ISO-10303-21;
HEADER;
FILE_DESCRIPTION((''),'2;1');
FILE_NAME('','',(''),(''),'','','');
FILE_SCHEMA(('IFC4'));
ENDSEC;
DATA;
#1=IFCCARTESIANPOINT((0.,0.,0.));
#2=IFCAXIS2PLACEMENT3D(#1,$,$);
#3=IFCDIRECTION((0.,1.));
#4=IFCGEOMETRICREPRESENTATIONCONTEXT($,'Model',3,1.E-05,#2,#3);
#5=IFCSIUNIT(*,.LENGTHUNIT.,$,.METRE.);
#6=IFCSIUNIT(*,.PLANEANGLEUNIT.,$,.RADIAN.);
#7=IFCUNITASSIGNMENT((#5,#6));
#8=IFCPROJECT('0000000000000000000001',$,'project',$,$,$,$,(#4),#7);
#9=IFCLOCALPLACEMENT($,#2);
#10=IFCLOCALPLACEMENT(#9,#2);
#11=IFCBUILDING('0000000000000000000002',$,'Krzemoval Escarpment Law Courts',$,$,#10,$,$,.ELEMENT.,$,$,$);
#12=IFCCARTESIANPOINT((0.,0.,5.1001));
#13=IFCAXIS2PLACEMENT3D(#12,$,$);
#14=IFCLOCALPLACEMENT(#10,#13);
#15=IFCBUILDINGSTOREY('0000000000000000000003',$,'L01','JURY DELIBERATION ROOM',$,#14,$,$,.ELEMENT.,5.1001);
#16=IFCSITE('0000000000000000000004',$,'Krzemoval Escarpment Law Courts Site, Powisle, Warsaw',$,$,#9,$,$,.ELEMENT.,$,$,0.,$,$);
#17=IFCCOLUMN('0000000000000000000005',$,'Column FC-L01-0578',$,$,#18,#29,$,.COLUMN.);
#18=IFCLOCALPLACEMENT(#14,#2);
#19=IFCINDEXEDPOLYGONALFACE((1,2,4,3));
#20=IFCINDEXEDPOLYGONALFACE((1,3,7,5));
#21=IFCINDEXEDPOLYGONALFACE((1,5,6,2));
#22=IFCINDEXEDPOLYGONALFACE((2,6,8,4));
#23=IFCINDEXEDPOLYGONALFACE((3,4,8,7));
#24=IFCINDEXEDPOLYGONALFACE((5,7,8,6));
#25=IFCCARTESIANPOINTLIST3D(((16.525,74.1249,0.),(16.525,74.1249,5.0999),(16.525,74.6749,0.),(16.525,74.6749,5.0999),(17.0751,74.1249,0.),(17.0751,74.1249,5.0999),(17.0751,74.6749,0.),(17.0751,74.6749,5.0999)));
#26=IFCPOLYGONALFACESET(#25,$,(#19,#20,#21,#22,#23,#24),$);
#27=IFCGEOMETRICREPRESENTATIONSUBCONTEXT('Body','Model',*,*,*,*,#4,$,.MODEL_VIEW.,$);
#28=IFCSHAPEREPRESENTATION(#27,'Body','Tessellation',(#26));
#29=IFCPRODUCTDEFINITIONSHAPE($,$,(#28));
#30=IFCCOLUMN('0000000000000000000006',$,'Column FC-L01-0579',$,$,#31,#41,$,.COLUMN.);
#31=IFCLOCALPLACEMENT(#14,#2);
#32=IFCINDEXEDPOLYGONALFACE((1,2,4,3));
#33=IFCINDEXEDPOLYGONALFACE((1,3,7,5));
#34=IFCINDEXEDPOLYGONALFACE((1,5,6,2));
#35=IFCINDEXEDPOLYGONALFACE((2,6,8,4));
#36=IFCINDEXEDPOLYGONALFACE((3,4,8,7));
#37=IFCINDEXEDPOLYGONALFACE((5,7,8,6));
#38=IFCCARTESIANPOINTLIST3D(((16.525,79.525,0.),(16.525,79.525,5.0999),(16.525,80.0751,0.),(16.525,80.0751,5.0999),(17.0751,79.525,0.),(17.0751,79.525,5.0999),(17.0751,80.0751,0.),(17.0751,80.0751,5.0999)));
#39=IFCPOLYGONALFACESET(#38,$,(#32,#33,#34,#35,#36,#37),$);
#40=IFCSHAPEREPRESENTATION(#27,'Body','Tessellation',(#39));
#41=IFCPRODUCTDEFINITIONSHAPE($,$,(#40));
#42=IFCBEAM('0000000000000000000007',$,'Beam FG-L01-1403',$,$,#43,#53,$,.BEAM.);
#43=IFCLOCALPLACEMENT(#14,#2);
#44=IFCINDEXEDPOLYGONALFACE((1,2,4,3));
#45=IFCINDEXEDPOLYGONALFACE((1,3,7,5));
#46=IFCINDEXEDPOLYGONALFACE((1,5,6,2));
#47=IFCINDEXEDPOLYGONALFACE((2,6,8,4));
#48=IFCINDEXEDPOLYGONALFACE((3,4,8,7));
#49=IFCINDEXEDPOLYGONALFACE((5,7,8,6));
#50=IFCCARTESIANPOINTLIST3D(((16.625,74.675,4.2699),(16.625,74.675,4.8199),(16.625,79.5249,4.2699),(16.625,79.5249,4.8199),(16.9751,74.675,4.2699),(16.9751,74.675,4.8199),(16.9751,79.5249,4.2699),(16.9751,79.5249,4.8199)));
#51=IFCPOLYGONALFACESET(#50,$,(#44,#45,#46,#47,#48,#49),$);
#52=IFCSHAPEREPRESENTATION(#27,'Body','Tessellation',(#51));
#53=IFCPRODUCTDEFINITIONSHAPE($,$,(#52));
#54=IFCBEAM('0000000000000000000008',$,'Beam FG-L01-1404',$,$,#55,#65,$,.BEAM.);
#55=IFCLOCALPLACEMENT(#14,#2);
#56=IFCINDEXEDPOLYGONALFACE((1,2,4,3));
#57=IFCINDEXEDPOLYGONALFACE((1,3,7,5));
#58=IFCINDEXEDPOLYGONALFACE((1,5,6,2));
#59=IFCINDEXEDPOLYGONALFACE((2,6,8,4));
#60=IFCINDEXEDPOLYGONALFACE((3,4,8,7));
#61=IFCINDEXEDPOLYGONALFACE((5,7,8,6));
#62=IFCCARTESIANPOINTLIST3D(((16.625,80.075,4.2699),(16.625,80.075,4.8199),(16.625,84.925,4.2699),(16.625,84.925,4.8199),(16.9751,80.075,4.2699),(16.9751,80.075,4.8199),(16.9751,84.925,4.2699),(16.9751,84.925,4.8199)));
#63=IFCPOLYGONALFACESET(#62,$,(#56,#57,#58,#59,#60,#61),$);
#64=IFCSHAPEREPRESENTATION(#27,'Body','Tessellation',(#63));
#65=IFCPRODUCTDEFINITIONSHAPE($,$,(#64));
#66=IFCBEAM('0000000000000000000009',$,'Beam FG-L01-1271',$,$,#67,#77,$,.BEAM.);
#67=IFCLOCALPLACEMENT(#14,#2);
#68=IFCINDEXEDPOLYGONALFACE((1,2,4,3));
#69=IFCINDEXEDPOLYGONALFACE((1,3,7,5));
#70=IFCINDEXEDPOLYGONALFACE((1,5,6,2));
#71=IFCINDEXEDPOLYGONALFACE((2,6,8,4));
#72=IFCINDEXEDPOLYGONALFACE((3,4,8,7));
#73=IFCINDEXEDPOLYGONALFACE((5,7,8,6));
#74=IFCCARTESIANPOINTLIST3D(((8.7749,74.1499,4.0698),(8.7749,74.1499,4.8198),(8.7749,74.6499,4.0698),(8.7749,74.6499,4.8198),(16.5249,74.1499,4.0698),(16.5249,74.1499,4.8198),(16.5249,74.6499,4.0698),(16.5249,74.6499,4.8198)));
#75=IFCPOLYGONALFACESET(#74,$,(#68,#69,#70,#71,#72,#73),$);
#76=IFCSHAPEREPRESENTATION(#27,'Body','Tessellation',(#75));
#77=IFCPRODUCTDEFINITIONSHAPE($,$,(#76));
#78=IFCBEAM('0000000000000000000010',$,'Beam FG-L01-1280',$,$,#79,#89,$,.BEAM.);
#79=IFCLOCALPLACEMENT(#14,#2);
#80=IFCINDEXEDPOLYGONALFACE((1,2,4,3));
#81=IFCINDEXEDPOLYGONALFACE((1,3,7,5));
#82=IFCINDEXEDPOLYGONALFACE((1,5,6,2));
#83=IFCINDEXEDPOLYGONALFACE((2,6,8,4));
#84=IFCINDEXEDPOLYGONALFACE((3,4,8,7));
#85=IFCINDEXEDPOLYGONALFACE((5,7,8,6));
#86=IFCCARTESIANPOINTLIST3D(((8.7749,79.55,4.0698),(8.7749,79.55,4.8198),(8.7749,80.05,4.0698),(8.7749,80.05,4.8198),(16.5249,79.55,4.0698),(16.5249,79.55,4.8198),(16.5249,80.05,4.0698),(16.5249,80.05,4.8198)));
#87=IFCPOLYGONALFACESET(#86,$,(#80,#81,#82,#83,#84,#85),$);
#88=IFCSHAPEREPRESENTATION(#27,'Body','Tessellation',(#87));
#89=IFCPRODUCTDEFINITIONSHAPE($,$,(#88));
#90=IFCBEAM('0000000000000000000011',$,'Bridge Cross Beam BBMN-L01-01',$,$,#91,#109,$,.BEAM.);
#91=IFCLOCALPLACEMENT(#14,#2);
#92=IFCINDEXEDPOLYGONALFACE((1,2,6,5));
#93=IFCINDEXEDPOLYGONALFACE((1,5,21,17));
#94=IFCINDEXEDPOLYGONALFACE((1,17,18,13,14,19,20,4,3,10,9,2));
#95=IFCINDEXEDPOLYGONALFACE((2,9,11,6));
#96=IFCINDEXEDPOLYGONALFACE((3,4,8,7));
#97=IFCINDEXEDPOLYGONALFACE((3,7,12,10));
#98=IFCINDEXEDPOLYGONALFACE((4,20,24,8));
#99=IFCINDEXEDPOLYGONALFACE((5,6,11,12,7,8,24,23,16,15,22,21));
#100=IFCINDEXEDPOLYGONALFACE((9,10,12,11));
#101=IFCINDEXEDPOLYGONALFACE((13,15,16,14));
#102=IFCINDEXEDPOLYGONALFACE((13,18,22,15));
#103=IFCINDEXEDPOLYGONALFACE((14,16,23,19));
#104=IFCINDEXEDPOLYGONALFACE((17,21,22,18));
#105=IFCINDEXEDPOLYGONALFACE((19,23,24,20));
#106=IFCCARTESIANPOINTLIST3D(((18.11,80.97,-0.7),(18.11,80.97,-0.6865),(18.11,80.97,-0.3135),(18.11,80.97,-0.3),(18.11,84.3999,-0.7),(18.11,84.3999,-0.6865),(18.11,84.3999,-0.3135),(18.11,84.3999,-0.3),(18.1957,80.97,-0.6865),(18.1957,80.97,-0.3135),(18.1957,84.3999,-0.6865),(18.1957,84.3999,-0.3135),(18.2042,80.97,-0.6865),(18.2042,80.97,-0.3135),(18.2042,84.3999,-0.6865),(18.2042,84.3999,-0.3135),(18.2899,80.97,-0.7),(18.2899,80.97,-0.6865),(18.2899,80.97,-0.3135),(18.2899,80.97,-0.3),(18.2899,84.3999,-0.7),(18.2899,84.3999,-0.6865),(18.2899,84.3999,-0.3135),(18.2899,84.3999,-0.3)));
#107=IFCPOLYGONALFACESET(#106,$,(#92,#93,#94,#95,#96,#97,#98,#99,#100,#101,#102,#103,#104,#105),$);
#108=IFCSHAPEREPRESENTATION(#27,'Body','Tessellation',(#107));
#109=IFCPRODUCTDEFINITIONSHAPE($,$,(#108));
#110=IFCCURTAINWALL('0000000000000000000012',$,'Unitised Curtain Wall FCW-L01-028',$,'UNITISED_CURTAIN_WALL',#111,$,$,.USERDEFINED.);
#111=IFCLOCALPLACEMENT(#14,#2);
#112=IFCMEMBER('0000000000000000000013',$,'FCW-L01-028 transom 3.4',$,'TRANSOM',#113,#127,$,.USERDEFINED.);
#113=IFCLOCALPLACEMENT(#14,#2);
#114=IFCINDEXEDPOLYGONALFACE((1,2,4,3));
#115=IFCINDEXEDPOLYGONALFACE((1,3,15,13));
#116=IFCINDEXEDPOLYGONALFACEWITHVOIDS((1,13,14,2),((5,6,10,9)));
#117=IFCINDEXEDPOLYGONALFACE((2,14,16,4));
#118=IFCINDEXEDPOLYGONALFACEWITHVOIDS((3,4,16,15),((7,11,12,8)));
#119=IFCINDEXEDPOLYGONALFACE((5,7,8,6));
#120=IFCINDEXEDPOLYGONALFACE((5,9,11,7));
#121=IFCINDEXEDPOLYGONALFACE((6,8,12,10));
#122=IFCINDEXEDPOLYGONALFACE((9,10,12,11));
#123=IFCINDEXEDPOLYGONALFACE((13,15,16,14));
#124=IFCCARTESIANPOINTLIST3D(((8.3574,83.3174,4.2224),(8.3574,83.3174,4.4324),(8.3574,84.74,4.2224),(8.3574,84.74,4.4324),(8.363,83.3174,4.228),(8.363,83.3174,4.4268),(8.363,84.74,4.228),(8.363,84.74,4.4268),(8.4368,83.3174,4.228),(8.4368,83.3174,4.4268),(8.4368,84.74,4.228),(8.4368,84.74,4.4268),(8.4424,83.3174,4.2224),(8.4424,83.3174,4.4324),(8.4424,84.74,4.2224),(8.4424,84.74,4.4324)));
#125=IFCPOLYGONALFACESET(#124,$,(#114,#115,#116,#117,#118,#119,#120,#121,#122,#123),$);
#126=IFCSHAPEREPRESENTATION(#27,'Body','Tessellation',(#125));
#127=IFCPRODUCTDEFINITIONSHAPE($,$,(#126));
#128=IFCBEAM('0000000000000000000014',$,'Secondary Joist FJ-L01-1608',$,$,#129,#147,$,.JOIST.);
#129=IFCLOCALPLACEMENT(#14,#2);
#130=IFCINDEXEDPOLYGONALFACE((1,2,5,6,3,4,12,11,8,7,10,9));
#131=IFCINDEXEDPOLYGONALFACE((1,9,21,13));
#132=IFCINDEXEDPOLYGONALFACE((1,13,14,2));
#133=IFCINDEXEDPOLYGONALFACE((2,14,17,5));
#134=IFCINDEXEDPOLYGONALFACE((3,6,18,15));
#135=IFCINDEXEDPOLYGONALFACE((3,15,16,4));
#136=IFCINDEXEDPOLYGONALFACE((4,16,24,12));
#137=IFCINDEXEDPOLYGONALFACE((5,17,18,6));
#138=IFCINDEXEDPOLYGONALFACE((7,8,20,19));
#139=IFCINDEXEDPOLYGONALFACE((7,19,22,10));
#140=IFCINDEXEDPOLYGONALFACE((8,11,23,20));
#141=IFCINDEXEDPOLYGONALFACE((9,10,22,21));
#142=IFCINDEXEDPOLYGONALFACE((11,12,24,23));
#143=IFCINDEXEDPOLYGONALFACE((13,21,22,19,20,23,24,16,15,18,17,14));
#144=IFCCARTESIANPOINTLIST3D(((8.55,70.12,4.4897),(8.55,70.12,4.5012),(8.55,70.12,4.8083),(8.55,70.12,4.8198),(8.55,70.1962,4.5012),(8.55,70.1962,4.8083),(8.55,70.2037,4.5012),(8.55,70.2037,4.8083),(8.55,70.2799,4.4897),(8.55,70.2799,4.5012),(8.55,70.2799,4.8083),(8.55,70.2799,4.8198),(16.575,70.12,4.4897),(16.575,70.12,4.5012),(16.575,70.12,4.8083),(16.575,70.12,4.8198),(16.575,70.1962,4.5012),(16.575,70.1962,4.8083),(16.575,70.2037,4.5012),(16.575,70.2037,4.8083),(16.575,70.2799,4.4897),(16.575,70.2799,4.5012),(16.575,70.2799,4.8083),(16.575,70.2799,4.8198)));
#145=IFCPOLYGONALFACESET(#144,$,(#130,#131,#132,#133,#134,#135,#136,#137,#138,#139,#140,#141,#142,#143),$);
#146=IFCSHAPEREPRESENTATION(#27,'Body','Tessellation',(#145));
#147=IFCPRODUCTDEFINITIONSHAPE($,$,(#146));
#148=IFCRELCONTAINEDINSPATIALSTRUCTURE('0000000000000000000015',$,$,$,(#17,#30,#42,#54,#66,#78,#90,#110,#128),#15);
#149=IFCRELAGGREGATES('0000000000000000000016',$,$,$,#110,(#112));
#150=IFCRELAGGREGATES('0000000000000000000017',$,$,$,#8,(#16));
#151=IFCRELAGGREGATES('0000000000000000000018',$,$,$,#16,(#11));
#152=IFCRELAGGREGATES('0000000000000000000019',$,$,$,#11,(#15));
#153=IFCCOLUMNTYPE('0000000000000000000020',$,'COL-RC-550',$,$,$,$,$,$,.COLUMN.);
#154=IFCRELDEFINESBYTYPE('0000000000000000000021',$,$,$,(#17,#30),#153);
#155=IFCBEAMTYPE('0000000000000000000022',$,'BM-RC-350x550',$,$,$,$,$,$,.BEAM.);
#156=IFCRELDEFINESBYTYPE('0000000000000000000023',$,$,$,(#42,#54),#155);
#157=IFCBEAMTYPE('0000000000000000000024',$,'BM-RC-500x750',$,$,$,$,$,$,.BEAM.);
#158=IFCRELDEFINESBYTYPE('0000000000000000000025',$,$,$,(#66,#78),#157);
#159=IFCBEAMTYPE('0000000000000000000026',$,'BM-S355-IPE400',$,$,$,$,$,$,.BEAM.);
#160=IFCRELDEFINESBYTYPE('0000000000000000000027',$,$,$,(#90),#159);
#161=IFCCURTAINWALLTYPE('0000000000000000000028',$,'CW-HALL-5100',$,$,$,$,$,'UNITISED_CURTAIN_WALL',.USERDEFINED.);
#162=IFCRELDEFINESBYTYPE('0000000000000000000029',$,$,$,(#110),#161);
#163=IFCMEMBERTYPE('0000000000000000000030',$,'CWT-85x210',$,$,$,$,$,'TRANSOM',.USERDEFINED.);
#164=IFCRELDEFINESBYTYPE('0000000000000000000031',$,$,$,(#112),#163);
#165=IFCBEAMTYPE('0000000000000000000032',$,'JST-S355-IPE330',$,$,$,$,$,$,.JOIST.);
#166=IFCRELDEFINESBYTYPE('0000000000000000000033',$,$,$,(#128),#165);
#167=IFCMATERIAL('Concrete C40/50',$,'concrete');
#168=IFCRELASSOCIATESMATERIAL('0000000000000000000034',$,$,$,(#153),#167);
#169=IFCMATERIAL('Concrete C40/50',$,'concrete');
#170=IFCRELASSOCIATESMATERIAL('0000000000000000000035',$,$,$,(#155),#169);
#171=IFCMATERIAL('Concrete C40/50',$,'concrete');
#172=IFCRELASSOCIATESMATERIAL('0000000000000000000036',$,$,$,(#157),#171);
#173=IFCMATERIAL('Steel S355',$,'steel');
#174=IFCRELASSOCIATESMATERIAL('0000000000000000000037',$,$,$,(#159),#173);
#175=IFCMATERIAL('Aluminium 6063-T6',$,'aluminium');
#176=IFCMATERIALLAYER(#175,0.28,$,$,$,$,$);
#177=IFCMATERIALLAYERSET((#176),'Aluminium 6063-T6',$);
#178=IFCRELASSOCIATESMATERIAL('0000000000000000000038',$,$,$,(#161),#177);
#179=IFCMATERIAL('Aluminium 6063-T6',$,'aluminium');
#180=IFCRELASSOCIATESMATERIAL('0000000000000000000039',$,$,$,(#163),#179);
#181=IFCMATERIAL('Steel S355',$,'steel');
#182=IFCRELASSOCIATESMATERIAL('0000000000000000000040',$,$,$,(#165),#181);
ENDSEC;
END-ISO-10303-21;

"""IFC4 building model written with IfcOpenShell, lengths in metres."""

from ifc_helpers import new_model, si_unit, direction, frame, origin, origin_2d, place, context, subcontext, project, spatial, rectangle, hollow_rectangle, i_section, extrude, material, layer, layer_set, material_profile, profile_set, type_object, element, aggregate, save


model = new_model("IFC4")

# Units and contexts
model_context = context("Model", 3, precision=1e-05, world=origin(), true_north=direction((0.0, 1.0)))
body_context = subcontext(model_context, "Body", "Model", "MODEL_VIEW")
ifc_project = project(units=[si_unit("LENGTHUNIT", "METRE"), si_unit("PLANEANGLEUNIT", "RADIAN")], contexts=[model_context])

# Site, building, storey
site_placement = place(None, origin())
site = spatial("IfcSite", under=ifc_project, at=site_placement, Name="Krzemoval Escarpment Law Courts Site, Powisle, Warsaw", CompositionType="ELEMENT", RefElevation=0.0)
building_placement = place(site_placement, origin())
building = spatial("IfcBuilding", under=site, at=building_placement, Name="Krzemoval Escarpment Law Courts", CompositionType="ELEMENT")
storey_placement = place(building_placement, frame((0.0, 0.0, 5.1001)))
storey = spatial("IfcBuildingStorey", under=building, at=storey_placement, Name="L01", Description="JURY DELIBERATION ROOM", CompositionType="ELEMENT", Elevation=5.1001)

# Columns
ifc_material_1 = material(Name="Concrete C40/50", Category="concrete")
ifc_material_profile_1 = material_profile(ifc_material_1, rectangle(XDim=0.55, YDim=0.55, at=origin_2d()), Name="RC 550x550")
ifc_profile_set_1 = profile_set([ifc_material_profile_1], Name="Concrete C40/50")
column_type = type_object("IfcColumnType", Name="COL-RC-550", PredefinedType="COLUMN", material=ifc_profile_set_1)
for number, where, z_axis, x_axis, name in (
    (1, (16.8, 74.3999, 0.0), (0.0, 0.0, 1.0), (1.0, 0.0, 0.0), "Column FC-L01-0578"),
    (2, (16.8, 79.8, 0.0), (0.0, 0.0, 1.0), (1.0, 0.0, 0.0), "Column FC-L01-0579"),
):
    element("IfcColumn", number, at=place(storey_placement, frame(where, z_axis=z_axis, x_axis=x_axis)), inside=storey, type_object=column_type, Name=name, PredefinedType="COLUMN", context=body_context, shape_type="SweptSolid", body=[
        extrude(rectangle(XDim=0.55, YDim=0.55, at=origin_2d()), origin(), (0.0, 0.0, 1.0), 5.0999),
    ])

# Beams
ifc_material_2 = material(Name="Concrete C40/50", Category="concrete")
ifc_material_profile_2 = material_profile(ifc_material_2, rectangle(XDim=0.3501, YDim=0.55, at=origin_2d()), Name="RCB 350x550")
ifc_profile_set_2 = profile_set([ifc_material_profile_2], Name="Concrete C40/50")
beam_type_1 = type_object("IfcBeamType", Name="BM-RC-350x550", PredefinedType="BEAM", material=ifc_profile_set_2)
beam_1_placement = place(storey_placement, frame((16.8, 74.675, 4.5449), z_axis=(0.0, 1.0, 0.0), x_axis=(-1.0, 0.0, 0.0)))
element("IfcBeam", 3, at=beam_1_placement, inside=storey, type_object=beam_type_1, Name="Beam FG-L01-1403", PredefinedType="BEAM", context=body_context, shape_type="SweptSolid", body=[
    extrude(rectangle(XDim=0.3501, YDim=0.55, at=origin_2d()), origin(), (0.0, 0.0, 1.0), 4.8499),
])
beam_2_placement = place(storey_placement, frame((16.8, 80.075, 4.5449), z_axis=(0.0, 1.0, 0.0), x_axis=(-1.0, 0.0, 0.0)))
element("IfcBeam", 4, at=beam_2_placement, inside=storey, type_object=beam_type_1, Name="Beam FG-L01-1404", PredefinedType="BEAM", context=body_context, shape_type="SweptSolid", body=[
    extrude(rectangle(XDim=0.3501, YDim=0.55, at=origin_2d()), origin(), (0.0, 0.0, 1.0), 4.8501),
])
ifc_material_3 = material(Name="Concrete C40/50", Category="concrete")
ifc_material_profile_3 = material_profile(ifc_material_3, rectangle(XDim=0.5, YDim=0.75, at=origin_2d()), Name="RCB 500x750")
ifc_profile_set_3 = profile_set([ifc_material_profile_3], Name="Concrete C40/50")
beam_type_2 = type_object("IfcBeamType", Name="BM-RC-500x750", PredefinedType="BEAM", material=ifc_profile_set_3)
for number, where, z_axis, x_axis, name in (
    (5, (8.7749, 74.3999, 4.4448), (1.0, 0.0, 0.0), (0.0, 1.0, 0.0), "Beam FG-L01-1271"),
    (6, (8.7749, 79.8, 4.4448), (1.0, 0.0, 0.0), (0.0, 1.0, 0.0), "Beam FG-L01-1280"),
):
    element("IfcBeam", number, at=place(storey_placement, frame(where, z_axis=z_axis, x_axis=x_axis)), inside=storey, type_object=beam_type_2, Name=name, PredefinedType="BEAM", context=body_context, shape_type="SweptSolid", body=[
        extrude(rectangle(XDim=0.5, YDim=0.75, at=origin_2d()), origin(), (0.0, 0.0, 1.0), 7.75),
    ])
ifc_material_4 = material(Name="Steel S355", Category="steel")
ifc_material_profile_4 = material_profile(ifc_material_4, i_section(OverallWidth=0.1799, OverallDepth=0.3999, WebThickness=0.0085, FlangeThickness=0.0134, at=origin_2d()), Name="IPE 400")
ifc_profile_set_4 = profile_set([ifc_material_profile_4], Name="Steel S355")
beam_type_3 = type_object("IfcBeamType", Name="BM-S355-IPE400", PredefinedType="BEAM", material=ifc_profile_set_4)
beam_3_placement = place(storey_placement, frame((18.2, 80.97, -0.5), z_axis=(0.0, 1.0, 0.0), x_axis=(-1.0, 0.0, 0.0)))
element("IfcBeam", 7, at=beam_3_placement, inside=storey, type_object=beam_type_3, Name="Bridge Cross Beam BBMN-L01-01", PredefinedType="BEAM", context=body_context, shape_type="SweptSolid", body=[
    extrude(i_section(OverallWidth=0.1799, OverallDepth=0.3999, WebThickness=0.0085, FlangeThickness=0.0134, at=origin_2d()), origin(), (0.0, 0.0, 1.0), 3.4299),
])

# Curtain wall, member
ifc_material_5 = material(Name="Aluminium 6063-T6", Category="aluminium")
ifc_layer_1 = layer(ifc_material_5, 0.28)
ifc_layer_set_1 = layer_set([ifc_layer_1], Name="Aluminium 6063-T6")
curtain_wall_type = type_object("IfcCurtainWallType", Name="CW-HALL-5100", ElementType="UNITISED_CURTAIN_WALL", PredefinedType="USERDEFINED", material=ifc_layer_set_1)
curtain_wall_placement = place(storey_placement, origin())
curtain_wall = element("IfcCurtainWall", 8, at=curtain_wall_placement, inside=storey, type_object=curtain_wall_type, Name="Unitised Curtain Wall FCW-L01-028", ObjectType="UNITISED_CURTAIN_WALL", PredefinedType="USERDEFINED")
ifc_material_6 = material(Name="Aluminium 6063-T6", Category="aluminium")
ifc_material_profile_5 = material_profile(ifc_material_6, hollow_rectangle(XDim=0.085, YDim=0.21, WallThickness=0.0056, at=origin_2d()), Name="ALU T85x210")
ifc_profile_set_5 = profile_set([ifc_material_profile_5], Name="Aluminium 6063-T6")
member_type_1 = type_object("IfcMemberType", Name="CWT-85x210", ElementType="TRANSOM", PredefinedType="USERDEFINED", material=ifc_profile_set_5)
member_placement = place(storey_placement, frame((8.3999, 83.3174, 4.3274), z_axis=(0.0, 1.0, 0.0), x_axis=(-1.0, 0.0, 0.0)))
member = element("IfcMember", 9, at=member_placement, type_object=member_type_1, Name="FCW-L01-028 transom 3.4", ObjectType="TRANSOM", PredefinedType="USERDEFINED", context=body_context, shape_type="SweptSolid", body=[
    extrude(hollow_rectangle(XDim=0.085, YDim=0.21, WallThickness=0.0056, at=origin_2d()), origin(), (0.0, 0.0, 1.0), 1.4226),
])

# Beam
ifc_material_7 = material(Name="Steel S355", Category="steel")
ifc_material_profile_6 = material_profile(ifc_material_7, i_section(OverallWidth=0.1599, OverallDepth=0.3301, WebThickness=0.0076, FlangeThickness=0.0115, at=origin_2d()), Name="IPE 330")
ifc_profile_set_6 = profile_set([ifc_material_profile_6], Name="Steel S355")
beam_type_4 = type_object("IfcBeamType", Name="JST-S355-IPE330", PredefinedType="JOIST", material=ifc_profile_set_6)
beam_4_placement = place(storey_placement, frame((8.55, 70.2, 4.6548), z_axis=(1.0, 0.0, 0.0), x_axis=(0.0, 1.0, 0.0)))
element("IfcBeam", 10, at=beam_4_placement, inside=storey, type_object=beam_type_4, Name="Secondary Joist FJ-L01-1608", PredefinedType="JOIST", context=body_context, shape_type="SweptSolid", body=[
    extrude(i_section(OverallWidth=0.1599, OverallDepth=0.3301, WebThickness=0.0076, FlangeThickness=0.0115, at=origin_2d()), origin(), (0.0, 0.0, 1.0), 8.0249),
])

aggregate(curtain_wall, [member])

save(model, "model.ifc")
